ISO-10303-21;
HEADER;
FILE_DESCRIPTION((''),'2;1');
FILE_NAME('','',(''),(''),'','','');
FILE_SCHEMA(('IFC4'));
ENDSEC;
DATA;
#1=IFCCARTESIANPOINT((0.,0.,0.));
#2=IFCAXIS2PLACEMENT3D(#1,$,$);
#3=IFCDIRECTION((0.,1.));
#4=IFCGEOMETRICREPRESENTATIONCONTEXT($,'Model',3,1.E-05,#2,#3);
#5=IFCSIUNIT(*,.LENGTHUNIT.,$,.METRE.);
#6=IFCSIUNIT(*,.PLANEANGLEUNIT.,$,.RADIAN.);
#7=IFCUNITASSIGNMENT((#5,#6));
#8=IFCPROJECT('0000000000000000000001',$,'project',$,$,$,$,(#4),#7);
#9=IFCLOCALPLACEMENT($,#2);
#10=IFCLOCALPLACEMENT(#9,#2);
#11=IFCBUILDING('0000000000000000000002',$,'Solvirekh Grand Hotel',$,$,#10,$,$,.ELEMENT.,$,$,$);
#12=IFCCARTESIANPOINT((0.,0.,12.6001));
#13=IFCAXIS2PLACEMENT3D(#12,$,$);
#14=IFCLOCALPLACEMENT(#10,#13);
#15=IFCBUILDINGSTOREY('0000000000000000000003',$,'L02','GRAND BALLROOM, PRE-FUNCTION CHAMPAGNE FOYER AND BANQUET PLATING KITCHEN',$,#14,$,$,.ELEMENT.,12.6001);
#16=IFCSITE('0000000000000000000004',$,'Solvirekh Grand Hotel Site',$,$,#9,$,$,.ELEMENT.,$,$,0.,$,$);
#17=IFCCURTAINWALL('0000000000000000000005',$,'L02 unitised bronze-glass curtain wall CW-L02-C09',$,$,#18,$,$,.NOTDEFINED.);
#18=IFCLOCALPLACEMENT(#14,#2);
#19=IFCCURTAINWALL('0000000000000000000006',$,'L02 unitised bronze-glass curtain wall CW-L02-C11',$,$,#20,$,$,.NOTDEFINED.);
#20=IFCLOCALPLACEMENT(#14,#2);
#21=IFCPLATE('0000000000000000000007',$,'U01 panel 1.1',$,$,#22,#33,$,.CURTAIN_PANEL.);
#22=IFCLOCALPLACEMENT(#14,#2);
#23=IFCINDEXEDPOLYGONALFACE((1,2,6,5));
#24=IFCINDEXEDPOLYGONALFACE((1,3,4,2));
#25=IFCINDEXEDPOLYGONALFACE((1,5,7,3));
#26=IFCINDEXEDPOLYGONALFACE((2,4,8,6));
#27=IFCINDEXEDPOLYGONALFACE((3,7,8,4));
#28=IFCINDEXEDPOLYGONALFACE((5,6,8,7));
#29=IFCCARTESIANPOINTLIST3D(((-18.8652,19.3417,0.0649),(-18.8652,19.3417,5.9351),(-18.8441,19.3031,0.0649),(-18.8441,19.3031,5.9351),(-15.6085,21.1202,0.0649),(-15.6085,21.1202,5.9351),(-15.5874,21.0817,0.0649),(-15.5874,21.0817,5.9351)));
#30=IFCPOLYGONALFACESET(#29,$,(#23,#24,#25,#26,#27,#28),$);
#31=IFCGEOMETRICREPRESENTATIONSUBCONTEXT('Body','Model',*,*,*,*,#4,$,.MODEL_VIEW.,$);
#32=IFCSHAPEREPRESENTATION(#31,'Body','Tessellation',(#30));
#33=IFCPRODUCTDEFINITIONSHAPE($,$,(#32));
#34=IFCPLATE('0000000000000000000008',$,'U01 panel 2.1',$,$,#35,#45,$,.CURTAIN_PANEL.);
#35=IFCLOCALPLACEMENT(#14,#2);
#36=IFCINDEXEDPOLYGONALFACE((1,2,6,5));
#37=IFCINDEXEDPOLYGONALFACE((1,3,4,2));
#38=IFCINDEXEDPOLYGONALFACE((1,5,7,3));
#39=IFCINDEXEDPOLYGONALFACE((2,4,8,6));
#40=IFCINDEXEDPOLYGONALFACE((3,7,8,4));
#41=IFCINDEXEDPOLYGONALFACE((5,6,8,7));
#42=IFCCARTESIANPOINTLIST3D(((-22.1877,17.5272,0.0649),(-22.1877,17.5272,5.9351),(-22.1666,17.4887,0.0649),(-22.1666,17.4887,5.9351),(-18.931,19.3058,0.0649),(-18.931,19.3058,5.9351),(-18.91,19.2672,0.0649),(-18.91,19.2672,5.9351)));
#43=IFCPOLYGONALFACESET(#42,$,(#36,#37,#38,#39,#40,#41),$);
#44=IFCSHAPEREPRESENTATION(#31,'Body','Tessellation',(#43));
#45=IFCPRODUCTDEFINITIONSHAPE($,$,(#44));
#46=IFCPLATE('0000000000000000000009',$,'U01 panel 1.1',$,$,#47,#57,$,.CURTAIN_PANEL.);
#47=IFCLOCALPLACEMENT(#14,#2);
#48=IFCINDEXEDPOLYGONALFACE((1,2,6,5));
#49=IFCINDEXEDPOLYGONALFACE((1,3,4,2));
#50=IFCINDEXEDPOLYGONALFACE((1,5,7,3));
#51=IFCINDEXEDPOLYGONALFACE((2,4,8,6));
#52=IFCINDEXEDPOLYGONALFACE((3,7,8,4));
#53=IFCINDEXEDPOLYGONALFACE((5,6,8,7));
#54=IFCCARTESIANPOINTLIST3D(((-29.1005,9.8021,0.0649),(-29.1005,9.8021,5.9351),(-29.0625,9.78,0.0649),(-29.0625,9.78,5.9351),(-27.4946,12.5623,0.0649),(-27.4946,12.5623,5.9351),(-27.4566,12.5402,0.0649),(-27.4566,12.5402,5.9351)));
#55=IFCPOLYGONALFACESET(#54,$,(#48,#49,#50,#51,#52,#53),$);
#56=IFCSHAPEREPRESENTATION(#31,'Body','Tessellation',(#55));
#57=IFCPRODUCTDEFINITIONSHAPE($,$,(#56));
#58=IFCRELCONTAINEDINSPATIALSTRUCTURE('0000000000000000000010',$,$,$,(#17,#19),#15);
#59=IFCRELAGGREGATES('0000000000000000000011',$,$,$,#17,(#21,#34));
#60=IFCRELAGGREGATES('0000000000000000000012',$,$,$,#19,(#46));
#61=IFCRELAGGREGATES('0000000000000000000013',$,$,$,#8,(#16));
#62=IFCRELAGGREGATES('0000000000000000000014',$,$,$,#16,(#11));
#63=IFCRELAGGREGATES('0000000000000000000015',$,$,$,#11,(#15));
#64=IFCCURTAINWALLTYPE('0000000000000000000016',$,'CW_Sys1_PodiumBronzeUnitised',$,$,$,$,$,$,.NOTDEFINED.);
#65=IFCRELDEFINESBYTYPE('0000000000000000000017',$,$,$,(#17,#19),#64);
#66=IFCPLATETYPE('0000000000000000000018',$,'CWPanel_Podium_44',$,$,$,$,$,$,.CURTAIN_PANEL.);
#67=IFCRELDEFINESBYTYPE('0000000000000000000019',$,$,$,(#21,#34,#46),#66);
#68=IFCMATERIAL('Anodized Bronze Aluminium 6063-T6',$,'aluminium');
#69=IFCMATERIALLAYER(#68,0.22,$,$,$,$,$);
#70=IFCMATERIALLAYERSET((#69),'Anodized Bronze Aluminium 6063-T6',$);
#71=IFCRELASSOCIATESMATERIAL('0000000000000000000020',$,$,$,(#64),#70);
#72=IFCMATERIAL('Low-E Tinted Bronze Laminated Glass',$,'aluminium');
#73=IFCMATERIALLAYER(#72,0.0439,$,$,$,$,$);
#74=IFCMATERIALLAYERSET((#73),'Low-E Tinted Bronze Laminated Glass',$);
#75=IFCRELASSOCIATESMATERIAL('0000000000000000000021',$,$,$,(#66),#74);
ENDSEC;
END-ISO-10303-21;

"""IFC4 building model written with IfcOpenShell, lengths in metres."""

from ifc_helpers import new_model, si_unit, direction, frame, origin, origin_2d, place, context, subcontext, project, spatial, rectangle, extrude, source, transform, mapped, material, layer, layer_set, type_object, element, aggregate, save


model = new_model("IFC4")

# Units and contexts
model_context = context("Model", 3, precision=1e-05, world=origin(), true_north=direction((0.0, 1.0)))
body_context = subcontext(model_context, "Body", "Model", "MODEL_VIEW")
ifc_project = project(units=[si_unit("LENGTHUNIT", "METRE"), si_unit("PLANEANGLEUNIT", "RADIAN")], contexts=[model_context])

# Site, building, storey
site_placement = place(None, origin())
site = spatial("IfcSite", under=ifc_project, at=site_placement, Name="Solvirekh Grand Hotel Site", CompositionType="ELEMENT", RefElevation=0.0)
building_placement = place(site_placement, origin())
building = spatial("IfcBuilding", under=site, at=building_placement, Name="Solvirekh Grand Hotel", CompositionType="ELEMENT")
storey_placement = place(building_placement, frame((0.0, 0.0, 12.6001)))
storey = spatial("IfcBuildingStorey", under=building, at=storey_placement, Name="L02", Description="GRAND BALLROOM, PRE-FUNCTION CHAMPAGNE FOYER AND BANQUET PLATING KITCHEN", CompositionType="ELEMENT", Elevation=12.6001)

# Curtain wall
ifc_material_1 = material(Name="Anodized Bronze Aluminium 6063-T6", Category="aluminium")
ifc_layer_1 = layer(ifc_material_1, 0.22)
ifc_layer_set_1 = layer_set([ifc_layer_1], Name="Anodized Bronze Aluminium 6063-T6")
curtain_wall_type = type_object("IfcCurtainWallType", Name="CW_Sys1_PodiumBronzeUnitised", PredefinedType="NOTDEFINED", material=ifc_layer_set_1)
curtain_wall_1_placement = place(storey_placement, origin())
curtain_wall_1 = element("IfcCurtainWall", 1, at=curtain_wall_1_placement, inside=storey, type_object=curtain_wall_type, Name="L02 unitised bronze-glass curtain wall CW-L02-C09", PredefinedType="NOTDEFINED")

# Curtain wall
curtain_wall_2_placement = place(storey_placement, origin())
curtain_wall_2 = element("IfcCurtainWall", 2, at=curtain_wall_2_placement, inside=storey, type_object=curtain_wall_type, Name="L02 unitised bronze-glass curtain wall CW-L02-C11", PredefinedType="NOTDEFINED")

# Plates
ifc_material_2 = material(Name="Low-E Tinted Bronze Laminated Glass", Category="aluminium")
ifc_layer_2 = layer(ifc_material_2, 0.0439)
ifc_layer_set_2 = layer_set([ifc_layer_2], Name="Low-E Tinted Bronze Laminated Glass")
plate_type = type_object("IfcPlateType", Name="CWPanel_Podium_44", PredefinedType="CURTAIN_PANEL", material=ifc_layer_set_2)
shared_shape_1 = source(origin(), body_context, "Body", "SweptSolid", [
    extrude(rectangle(XDim=3.7107, YDim=0.0439, at=origin_2d()), origin(), (0.0, 0.0, 1.0), 5.8701),
])
plate_1_placement = place(storey_placement, frame((-17.2263, 20.2117, 0.0649), z_axis=(0.0, 0.0, 1.0), x_axis=(-0.877651, -0.479301, 0.0)))
plate_1 = element("IfcPlate", 3, at=plate_1_placement, type_object=plate_type, Name="U01 panel 1.1", PredefinedType="CURTAIN_PANEL", context=body_context, shape_type="MappedRepresentation", body=[
    mapped(shared_shape_1, transform((0.0, 0.0, 0.0), x_axis=(1.0, 0.0, 0.0), y_axis=(0.0, 1.0, 0.0), z_axis=(0.0, 0.0, 1.0), scale=1.0)),
])
plate_2_placement = place(storey_placement, frame((-20.5488, 18.3972, 0.0649), z_axis=(0.0, 0.0, 1.0), x_axis=(-0.877651, -0.479301, 0.0)))
plate_2 = element("IfcPlate", 4, at=plate_2_placement, type_object=plate_type, Name="U01 panel 2.1", PredefinedType="CURTAIN_PANEL", context=body_context, shape_type="MappedRepresentation", body=[
    mapped(shared_shape_1, transform((0.0, 0.0, 0.0), x_axis=(1.0, 0.0, 0.0), y_axis=(0.0, 1.0, 0.0), z_axis=(0.0, 0.0, 1.0), scale=1.0)),
])
aggregate(curtain_wall_1, [plate_1, plate_2])
shared_shape_2 = source(origin(), body_context, "Body", "SweptSolid", [
    extrude(rectangle(XDim=3.1934, YDim=0.0439, at=origin_2d()), origin(), (0.0, 0.0, 1.0), 5.8701),
])
plate_3_placement = place(storey_placement, frame((-28.2786, 11.1711, 0.0649), z_axis=(0.0, 0.0, 1.0), x_axis=(-0.502883, -0.864354, 0.0)))
plate_3 = element("IfcPlate", 5, at=plate_3_placement, type_object=plate_type, Name="U01 panel 1.1", PredefinedType="CURTAIN_PANEL", context=body_context, shape_type="MappedRepresentation", body=[
    mapped(shared_shape_2, transform((0.0, 0.0, 0.0), x_axis=(1.0, 0.0, 0.0), y_axis=(0.0, 1.0, 0.0), z_axis=(0.0, 0.0, 1.0), scale=1.0)),
])
aggregate(curtain_wall_2, [plate_3])

save(model, "model.ifc")
